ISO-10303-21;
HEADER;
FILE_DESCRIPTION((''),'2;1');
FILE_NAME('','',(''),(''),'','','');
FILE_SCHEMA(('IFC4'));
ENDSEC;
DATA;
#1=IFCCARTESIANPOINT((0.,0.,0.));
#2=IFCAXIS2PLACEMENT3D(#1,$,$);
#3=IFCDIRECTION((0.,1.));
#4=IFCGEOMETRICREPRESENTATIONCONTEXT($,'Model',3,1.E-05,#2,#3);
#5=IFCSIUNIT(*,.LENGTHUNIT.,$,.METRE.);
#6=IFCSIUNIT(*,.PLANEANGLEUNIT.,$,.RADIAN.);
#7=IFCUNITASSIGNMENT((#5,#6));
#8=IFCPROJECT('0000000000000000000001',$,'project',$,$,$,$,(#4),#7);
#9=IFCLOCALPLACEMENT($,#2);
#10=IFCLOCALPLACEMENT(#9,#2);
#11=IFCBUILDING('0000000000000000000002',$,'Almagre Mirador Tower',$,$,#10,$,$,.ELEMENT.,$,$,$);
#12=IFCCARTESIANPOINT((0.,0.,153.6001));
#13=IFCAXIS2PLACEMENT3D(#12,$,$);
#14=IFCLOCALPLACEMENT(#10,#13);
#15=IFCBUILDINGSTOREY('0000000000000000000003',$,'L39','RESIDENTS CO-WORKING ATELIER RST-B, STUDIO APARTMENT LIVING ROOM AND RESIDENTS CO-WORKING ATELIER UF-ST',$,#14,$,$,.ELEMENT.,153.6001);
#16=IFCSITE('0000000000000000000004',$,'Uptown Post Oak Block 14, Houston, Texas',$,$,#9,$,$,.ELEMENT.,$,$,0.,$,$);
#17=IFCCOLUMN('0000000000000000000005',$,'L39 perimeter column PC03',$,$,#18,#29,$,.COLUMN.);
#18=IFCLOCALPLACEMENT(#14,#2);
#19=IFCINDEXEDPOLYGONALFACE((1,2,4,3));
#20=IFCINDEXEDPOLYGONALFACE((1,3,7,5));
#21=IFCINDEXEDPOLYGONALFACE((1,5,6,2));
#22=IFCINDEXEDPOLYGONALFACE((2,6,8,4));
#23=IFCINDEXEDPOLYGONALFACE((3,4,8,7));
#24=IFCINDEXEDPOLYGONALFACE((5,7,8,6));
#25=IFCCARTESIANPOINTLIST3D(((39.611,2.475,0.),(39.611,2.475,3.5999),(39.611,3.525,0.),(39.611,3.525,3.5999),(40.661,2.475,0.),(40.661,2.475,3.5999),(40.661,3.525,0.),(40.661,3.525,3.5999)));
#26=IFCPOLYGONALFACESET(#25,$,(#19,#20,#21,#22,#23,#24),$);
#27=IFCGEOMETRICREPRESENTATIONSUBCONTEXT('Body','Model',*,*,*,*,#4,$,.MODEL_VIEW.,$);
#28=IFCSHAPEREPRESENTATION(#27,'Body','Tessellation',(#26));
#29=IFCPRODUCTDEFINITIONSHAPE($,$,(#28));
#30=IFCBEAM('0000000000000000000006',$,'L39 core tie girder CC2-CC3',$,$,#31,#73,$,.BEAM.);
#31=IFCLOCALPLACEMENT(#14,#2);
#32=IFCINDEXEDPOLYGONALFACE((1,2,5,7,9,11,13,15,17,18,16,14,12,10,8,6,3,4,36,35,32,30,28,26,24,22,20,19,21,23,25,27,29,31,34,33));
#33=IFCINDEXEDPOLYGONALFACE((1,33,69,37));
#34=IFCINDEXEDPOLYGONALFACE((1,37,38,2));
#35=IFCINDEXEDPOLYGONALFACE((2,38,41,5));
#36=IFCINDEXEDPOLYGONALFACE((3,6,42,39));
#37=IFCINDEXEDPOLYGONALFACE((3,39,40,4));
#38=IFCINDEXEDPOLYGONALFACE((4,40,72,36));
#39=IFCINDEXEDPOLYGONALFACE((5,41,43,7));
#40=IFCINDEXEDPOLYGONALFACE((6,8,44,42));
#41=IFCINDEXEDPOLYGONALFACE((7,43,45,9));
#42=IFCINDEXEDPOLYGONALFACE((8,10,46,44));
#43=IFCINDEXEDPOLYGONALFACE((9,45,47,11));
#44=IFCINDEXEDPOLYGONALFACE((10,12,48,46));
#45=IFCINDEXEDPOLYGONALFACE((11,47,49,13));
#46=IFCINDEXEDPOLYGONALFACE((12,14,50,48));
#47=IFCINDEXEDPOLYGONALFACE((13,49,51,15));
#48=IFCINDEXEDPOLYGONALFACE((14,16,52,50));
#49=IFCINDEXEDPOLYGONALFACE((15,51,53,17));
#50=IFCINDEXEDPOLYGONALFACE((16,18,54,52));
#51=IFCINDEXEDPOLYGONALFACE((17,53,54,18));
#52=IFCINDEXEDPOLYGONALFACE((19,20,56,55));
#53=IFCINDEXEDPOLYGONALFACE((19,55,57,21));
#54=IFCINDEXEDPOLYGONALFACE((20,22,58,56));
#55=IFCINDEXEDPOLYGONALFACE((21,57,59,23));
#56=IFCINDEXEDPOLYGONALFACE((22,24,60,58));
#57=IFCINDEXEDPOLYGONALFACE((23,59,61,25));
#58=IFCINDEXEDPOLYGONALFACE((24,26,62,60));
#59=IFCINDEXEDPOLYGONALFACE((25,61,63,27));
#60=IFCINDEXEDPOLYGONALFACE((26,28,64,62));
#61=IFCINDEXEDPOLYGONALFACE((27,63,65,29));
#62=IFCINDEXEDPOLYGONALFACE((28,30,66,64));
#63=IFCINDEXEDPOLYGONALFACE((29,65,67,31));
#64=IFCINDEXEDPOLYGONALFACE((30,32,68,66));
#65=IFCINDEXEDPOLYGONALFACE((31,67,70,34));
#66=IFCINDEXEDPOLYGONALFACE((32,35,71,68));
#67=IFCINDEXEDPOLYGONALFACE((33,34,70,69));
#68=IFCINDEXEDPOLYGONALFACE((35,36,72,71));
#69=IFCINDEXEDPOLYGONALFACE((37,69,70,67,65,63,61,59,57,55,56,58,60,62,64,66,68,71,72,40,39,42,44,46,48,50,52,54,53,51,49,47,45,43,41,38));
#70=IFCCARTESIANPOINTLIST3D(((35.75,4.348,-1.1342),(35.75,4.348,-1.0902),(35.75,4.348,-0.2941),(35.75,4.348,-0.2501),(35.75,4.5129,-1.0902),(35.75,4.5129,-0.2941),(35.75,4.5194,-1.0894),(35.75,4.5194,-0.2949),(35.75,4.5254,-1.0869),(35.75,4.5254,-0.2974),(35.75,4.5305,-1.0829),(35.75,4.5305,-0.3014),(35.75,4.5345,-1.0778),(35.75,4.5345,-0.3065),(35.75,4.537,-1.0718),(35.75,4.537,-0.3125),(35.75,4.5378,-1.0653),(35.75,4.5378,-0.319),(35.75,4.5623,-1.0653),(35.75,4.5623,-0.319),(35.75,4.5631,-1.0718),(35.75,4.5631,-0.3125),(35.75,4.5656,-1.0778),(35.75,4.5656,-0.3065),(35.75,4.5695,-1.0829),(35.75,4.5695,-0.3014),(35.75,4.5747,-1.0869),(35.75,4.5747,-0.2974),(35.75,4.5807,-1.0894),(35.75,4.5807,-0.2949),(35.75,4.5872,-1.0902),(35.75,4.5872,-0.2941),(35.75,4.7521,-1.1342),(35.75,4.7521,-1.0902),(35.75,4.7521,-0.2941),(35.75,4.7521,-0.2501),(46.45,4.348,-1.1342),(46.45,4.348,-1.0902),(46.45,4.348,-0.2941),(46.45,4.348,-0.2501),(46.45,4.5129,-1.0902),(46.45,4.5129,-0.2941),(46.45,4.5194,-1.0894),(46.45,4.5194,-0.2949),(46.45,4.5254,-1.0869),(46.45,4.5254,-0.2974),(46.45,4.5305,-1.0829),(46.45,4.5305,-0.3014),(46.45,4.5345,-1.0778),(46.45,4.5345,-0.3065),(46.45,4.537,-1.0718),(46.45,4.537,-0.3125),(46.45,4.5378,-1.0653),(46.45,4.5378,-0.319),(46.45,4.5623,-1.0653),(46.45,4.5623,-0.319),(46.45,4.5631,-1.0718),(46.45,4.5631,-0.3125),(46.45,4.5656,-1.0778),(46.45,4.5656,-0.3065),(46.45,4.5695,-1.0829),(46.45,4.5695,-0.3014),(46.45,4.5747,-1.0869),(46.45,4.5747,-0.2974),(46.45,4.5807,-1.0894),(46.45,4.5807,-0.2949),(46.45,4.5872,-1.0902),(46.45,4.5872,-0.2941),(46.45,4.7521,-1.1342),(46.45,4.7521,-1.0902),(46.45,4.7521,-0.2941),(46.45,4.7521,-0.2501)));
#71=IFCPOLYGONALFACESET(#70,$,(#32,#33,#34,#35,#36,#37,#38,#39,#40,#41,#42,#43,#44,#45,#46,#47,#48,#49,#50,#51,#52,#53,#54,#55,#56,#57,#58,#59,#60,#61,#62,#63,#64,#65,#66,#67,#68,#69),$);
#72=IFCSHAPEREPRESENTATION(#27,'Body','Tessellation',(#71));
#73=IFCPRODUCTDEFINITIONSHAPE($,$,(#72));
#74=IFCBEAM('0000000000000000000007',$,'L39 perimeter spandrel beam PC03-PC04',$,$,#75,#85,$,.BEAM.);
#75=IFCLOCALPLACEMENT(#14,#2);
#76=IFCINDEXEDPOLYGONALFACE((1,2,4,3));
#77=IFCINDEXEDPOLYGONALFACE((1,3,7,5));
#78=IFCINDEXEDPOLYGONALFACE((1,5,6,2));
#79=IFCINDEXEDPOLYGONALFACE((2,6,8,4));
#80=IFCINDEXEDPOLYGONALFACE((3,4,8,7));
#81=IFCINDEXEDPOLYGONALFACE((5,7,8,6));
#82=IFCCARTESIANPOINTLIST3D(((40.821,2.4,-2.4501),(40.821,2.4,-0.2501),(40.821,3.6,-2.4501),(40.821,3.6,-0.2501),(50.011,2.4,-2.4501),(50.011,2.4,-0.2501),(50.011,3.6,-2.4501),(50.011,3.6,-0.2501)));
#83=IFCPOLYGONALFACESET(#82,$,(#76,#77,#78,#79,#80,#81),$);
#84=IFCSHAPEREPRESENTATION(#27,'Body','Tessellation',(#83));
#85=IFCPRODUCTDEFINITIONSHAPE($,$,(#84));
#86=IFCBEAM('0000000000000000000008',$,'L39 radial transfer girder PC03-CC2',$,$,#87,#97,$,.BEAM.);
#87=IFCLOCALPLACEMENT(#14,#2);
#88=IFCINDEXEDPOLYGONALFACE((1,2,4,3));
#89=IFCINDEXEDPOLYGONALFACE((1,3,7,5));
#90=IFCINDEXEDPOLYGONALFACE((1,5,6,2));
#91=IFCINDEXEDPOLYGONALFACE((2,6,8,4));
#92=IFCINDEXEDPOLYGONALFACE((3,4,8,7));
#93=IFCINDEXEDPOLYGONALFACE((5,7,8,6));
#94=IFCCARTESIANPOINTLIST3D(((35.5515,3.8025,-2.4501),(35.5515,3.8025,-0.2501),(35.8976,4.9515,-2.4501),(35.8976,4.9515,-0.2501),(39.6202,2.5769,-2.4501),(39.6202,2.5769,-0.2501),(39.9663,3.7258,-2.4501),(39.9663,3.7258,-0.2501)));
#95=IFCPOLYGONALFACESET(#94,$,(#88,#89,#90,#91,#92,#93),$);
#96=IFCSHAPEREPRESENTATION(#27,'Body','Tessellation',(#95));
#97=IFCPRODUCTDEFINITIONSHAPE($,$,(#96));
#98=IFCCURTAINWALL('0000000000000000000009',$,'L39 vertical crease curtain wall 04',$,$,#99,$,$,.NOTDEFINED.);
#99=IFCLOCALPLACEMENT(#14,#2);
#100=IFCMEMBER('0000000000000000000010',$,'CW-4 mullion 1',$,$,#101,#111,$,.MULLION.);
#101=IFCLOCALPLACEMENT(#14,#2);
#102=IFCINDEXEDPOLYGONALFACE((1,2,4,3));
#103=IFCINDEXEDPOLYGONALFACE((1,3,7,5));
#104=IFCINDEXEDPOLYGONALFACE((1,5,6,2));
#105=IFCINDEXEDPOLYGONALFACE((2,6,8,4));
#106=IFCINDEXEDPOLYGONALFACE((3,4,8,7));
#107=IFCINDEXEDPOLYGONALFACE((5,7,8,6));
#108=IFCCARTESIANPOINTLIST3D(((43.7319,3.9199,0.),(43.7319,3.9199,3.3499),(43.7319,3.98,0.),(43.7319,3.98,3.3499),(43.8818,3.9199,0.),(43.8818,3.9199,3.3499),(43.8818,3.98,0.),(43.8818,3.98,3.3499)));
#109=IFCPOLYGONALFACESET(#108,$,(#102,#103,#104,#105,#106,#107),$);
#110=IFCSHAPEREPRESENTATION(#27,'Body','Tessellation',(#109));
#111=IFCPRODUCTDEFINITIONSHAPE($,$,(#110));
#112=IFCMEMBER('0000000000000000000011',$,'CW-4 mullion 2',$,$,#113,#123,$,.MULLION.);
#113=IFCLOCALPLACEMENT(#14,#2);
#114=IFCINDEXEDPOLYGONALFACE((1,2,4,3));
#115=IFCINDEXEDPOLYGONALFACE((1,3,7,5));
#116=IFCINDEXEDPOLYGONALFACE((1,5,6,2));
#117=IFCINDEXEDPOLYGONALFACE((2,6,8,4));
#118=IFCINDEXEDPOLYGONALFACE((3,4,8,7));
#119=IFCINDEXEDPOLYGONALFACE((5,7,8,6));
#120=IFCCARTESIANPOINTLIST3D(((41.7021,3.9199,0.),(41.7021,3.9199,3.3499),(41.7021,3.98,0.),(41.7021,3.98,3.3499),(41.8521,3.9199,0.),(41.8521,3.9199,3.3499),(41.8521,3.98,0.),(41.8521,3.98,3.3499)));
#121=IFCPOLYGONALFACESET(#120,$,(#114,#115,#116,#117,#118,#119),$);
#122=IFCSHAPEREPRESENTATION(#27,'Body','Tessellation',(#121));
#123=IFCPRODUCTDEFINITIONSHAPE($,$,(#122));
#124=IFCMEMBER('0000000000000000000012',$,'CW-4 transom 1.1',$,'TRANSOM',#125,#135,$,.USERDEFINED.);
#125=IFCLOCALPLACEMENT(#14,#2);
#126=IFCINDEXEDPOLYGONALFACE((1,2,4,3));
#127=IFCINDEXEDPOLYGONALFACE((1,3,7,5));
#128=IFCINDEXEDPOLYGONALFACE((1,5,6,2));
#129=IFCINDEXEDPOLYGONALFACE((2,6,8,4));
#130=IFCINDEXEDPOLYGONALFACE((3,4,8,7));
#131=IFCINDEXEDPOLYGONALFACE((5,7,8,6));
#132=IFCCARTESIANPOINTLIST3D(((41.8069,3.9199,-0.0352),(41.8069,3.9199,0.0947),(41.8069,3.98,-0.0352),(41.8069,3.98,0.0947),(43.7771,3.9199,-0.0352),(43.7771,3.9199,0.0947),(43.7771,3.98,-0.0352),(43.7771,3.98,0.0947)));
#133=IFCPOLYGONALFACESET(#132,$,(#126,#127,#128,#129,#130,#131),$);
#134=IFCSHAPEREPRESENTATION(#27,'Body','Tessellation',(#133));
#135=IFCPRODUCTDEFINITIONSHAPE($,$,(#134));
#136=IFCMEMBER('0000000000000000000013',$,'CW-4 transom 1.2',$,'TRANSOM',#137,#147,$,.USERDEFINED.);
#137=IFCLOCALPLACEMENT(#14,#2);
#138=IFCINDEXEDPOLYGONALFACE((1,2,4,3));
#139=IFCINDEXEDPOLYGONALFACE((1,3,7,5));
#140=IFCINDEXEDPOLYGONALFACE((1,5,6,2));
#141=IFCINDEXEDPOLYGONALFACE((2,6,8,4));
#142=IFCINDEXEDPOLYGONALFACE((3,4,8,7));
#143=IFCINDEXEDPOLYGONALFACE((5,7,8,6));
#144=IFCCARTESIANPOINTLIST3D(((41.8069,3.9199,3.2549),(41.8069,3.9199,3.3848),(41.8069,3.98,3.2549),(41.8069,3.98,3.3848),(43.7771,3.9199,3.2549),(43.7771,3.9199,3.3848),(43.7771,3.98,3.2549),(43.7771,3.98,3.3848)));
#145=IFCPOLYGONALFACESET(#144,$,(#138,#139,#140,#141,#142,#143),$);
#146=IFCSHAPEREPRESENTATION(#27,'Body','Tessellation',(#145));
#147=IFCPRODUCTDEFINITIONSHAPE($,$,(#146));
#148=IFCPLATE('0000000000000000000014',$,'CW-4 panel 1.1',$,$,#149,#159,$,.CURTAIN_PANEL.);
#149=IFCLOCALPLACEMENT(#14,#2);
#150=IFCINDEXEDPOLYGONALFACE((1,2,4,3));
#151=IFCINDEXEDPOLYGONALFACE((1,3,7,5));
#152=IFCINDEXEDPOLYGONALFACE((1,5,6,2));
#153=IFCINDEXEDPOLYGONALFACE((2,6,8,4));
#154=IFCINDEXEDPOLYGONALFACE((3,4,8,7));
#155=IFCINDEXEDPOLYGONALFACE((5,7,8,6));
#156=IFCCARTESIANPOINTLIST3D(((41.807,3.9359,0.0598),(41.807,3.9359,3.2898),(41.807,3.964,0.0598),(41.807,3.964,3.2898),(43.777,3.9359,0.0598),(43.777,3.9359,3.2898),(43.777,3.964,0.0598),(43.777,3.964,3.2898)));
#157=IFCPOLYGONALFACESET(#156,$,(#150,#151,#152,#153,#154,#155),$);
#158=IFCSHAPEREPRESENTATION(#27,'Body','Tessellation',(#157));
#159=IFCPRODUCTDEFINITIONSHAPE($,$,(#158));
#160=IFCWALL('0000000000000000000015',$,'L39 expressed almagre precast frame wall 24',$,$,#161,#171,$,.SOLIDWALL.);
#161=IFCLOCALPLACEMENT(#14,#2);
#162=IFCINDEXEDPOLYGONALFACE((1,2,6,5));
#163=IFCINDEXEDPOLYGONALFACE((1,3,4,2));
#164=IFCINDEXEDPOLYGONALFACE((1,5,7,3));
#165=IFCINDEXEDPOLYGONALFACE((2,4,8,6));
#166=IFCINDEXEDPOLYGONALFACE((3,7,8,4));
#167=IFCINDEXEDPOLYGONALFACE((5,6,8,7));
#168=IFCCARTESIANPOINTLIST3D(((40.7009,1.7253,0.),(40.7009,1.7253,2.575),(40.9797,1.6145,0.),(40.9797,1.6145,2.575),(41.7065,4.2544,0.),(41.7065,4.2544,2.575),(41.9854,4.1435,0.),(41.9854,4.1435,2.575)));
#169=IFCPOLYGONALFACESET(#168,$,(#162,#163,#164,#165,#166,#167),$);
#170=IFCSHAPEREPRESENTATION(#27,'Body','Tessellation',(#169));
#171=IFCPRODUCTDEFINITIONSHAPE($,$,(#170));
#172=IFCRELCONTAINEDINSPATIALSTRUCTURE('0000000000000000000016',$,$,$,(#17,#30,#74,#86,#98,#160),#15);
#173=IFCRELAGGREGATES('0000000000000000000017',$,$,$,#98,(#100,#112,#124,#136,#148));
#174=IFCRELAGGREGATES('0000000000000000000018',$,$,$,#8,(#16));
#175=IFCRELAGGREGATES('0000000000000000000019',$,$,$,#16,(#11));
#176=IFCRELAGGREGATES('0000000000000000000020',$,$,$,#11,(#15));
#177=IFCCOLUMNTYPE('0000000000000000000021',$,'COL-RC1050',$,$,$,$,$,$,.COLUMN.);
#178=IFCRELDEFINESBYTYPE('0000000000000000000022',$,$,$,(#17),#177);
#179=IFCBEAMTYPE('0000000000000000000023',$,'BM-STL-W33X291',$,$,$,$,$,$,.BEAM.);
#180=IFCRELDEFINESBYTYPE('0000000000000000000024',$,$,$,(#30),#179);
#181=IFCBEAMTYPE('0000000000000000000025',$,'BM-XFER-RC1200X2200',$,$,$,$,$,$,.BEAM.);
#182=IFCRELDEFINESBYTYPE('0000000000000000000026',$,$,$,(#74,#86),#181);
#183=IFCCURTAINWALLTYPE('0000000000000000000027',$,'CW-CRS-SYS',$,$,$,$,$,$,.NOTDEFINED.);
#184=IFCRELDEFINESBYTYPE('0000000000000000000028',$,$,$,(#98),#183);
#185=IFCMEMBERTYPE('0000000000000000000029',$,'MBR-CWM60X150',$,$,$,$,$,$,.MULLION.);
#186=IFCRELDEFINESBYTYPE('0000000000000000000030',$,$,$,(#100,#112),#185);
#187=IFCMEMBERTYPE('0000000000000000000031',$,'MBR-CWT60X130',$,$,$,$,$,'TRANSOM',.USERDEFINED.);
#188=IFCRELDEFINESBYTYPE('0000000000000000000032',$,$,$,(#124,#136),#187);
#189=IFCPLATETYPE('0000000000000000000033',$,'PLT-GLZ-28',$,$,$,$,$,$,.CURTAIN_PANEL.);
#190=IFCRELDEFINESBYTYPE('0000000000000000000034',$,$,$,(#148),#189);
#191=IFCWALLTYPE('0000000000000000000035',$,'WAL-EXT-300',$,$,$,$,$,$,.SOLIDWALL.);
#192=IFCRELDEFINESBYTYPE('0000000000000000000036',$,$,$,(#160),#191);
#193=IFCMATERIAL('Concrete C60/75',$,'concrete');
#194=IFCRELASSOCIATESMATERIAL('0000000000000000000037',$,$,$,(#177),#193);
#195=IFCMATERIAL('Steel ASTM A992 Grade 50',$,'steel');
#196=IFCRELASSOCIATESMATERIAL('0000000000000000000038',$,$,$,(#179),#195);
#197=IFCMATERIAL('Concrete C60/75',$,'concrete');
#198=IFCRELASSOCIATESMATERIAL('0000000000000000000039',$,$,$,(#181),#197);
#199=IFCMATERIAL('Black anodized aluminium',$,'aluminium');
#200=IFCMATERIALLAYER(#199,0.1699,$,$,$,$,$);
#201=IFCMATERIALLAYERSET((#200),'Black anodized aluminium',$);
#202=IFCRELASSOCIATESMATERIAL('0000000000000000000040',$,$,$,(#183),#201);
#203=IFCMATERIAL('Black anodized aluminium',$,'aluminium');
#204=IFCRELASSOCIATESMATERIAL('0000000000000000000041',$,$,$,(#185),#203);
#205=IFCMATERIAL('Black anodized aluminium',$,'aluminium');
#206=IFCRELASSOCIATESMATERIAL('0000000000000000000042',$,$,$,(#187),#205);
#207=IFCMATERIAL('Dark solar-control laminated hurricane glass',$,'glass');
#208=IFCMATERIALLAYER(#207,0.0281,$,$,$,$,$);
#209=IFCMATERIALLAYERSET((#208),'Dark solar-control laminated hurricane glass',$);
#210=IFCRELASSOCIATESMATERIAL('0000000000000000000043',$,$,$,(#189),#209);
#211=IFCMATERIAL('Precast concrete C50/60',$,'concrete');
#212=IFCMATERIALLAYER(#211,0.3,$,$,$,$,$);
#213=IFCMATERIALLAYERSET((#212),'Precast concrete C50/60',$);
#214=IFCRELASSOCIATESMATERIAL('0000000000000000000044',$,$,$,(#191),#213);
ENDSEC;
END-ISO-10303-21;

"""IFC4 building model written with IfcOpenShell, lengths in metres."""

from ifc_helpers import new_model, si_unit, direction, frame, frame_2d, origin, origin_2d, place, context, subcontext, project, spatial, rectangle, i_section, extrude, material, layer, layer_set, material_profile, profile_set, type_object, element, aggregate, save


model = new_model("IFC4")

# Units and contexts
model_context = context("Model", 3, precision=1e-05, world=origin(), true_north=direction((0.0, 1.0)))
body_context = subcontext(model_context, "Body", "Model", "MODEL_VIEW")
ifc_project = project(units=[si_unit("LENGTHUNIT", "METRE"), si_unit("PLANEANGLEUNIT", "RADIAN")], contexts=[model_context])

# Site, building, storey
site_placement = place(None, origin())
site = spatial("IfcSite", under=ifc_project, at=site_placement, Name="Uptown Post Oak Block 14, Houston, Texas", CompositionType="ELEMENT", RefElevation=0.0)
building_placement = place(site_placement, origin())
building = spatial("IfcBuilding", under=site, at=building_placement, Name="Almagre Mirador Tower", CompositionType="ELEMENT")
storey_placement = place(building_placement, frame((0.0, 0.0, 153.6001)))
storey = spatial("IfcBuildingStorey", under=building, at=storey_placement, Name="L39", Description="RESIDENTS CO-WORKING ATELIER RST-B, STUDIO APARTMENT LIVING ROOM AND RESIDENTS CO-WORKING ATELIER UF-ST", CompositionType="ELEMENT", Elevation=153.6001)

# Column
ifc_material_1 = material(Name="Concrete C60/75", Category="concrete")
ifc_material_profile_1 = material_profile(ifc_material_1, rectangle(XDim=1.05, YDim=1.05, at=origin_2d()), Name="RC1050X1050")
ifc_profile_set_1 = profile_set([ifc_material_profile_1], Name="Concrete C60/75")
column_type = type_object("IfcColumnType", Name="COL-RC1050", PredefinedType="COLUMN", material=ifc_profile_set_1)
column_placement = place(storey_placement, frame((40.136, 3.0, 0.0), z_axis=(0.0, 0.0, 1.0), x_axis=(1.0, 0.0, 0.0)))
element("IfcColumn", 1, at=column_placement, inside=storey, type_object=column_type, Name="L39 perimeter column PC03", PredefinedType="COLUMN", context=body_context, shape_type="SweptSolid", body=[
    extrude(rectangle(XDim=1.05, YDim=1.05, at=origin_2d()), origin(), (0.0, 0.0, 1.0), 3.5999),
])

# Beams
ifc_material_2 = material(Name="Steel ASTM A992 Grade 50", Category="steel")
ifc_material_profile_2 = material_profile(ifc_material_2, i_section(OverallWidth=0.4041, OverallDepth=0.884, WebThickness=0.0244, FlangeThickness=0.0439, FilletRadius=0.0249, at=origin_2d()), Name="W33X291")
ifc_profile_set_2 = profile_set([ifc_material_profile_2], Name="Steel ASTM A992 Grade 50")
beam_type_1 = type_object("IfcBeamType", Name="BM-STL-W33X291", PredefinedType="BEAM", material=ifc_profile_set_2)
beam_1_placement = place(storey_placement, frame((35.75, 4.55, -0.6921), z_axis=(1.0, 0.0, 0.0), x_axis=(0.0, 1.0, 0.0)))
element("IfcBeam", 2, at=beam_1_placement, inside=storey, type_object=beam_type_1, Name="L39 core tie girder CC2-CC3", PredefinedType="BEAM", context=body_context, shape_type="SweptSolid", body=[
    extrude(i_section(OverallWidth=0.4041, OverallDepth=0.884, WebThickness=0.0244, FlangeThickness=0.0439, FilletRadius=0.0249, at=origin_2d()), origin(), (0.0, 0.0, 1.0), 10.7),
])
ifc_material_3 = material(Name="Concrete C60/75", Category="concrete")
ifc_material_profile_3 = material_profile(ifc_material_3, rectangle(XDim=1.2, YDim=2.2, at=origin_2d()), Name="RC1200X2200")
ifc_profile_set_3 = profile_set([ifc_material_profile_3], Name="Concrete C60/75")
beam_type_2 = type_object("IfcBeamType", Name="BM-XFER-RC1200X2200", PredefinedType="BEAM", material=ifc_profile_set_3)
beam_2_placement = place(storey_placement, frame((40.821, 3.0, -1.3501), z_axis=(1.0, 0.0, 0.0), x_axis=(0.0, 1.0, 0.0)))
element("IfcBeam", 3, at=beam_2_placement, inside=storey, type_object=beam_type_2, Name="L39 perimeter spandrel beam PC03-PC04", PredefinedType="BEAM", context=body_context, shape_type="SweptSolid", body=[
    extrude(rectangle(XDim=1.2, YDim=2.2, at=origin_2d()), origin(), (0.0, 0.0, 1.0), 9.1899),
])
beam_3_placement = place(storey_placement, frame((39.7932, 3.1514, -1.3501), z_axis=(-0.957501, 0.288428, 0.0), x_axis=(-0.288428, -0.957501, 0.0)))
element("IfcBeam", 4, at=beam_3_placement, inside=storey, type_object=beam_type_2, Name="L39 radial transfer girder PC03-CC2", PredefinedType="BEAM", context=body_context, shape_type="SweptSolid", body=[
    extrude(rectangle(XDim=1.2, YDim=2.2, at=origin_2d()), origin(), (0.0, 0.0, 1.0), 4.2493),
])

# Curtain wall, members, plate
ifc_material_4 = material(Name="Black anodized aluminium", Category="aluminium")
ifc_layer_1 = layer(ifc_material_4, 0.1699)
ifc_layer_set_1 = layer_set([ifc_layer_1], Name="Black anodized aluminium")
curtain_wall_type = type_object("IfcCurtainWallType", Name="CW-CRS-SYS", PredefinedType="NOTDEFINED", material=ifc_layer_set_1)
curtain_wall_placement = place(storey_placement, origin())
curtain_wall = element("IfcCurtainWall", 5, at=curtain_wall_placement, inside=storey, type_object=curtain_wall_type, Name="L39 vertical crease curtain wall 04", PredefinedType="NOTDEFINED")
ifc_material_5 = material(Name="Black anodized aluminium", Category="aluminium")
ifc_material_profile_4 = material_profile(ifc_material_5, rectangle(XDim=0.0601, YDim=0.1499, at=origin_2d()), Name="CWM60X150")
ifc_profile_set_4 = profile_set([ifc_material_profile_4], Name="Black anodized aluminium")
member_type_1 = type_object("IfcMemberType", Name="MBR-CWM60X150", PredefinedType="MULLION", material=ifc_profile_set_4)
member_1_placement = place(storey_placement, frame((43.8069, 3.95, 0.0), z_axis=(0.0, 0.0, 1.0), x_axis=(0.0, -1.0, 0.0)))
member_1 = element("IfcMember", 6, at=member_1_placement, type_object=member_type_1, Name="CW-4 mullion 1", PredefinedType="MULLION", context=body_context, shape_type="SweptSolid", body=[
    extrude(rectangle(XDim=0.0601, YDim=0.1499, at=origin_2d()), origin(), (0.0, 0.0, 1.0), 3.3499),
])
member_2_placement = place(storey_placement, frame((41.7771, 3.95, 0.0), z_axis=(0.0, 0.0, 1.0), x_axis=(0.0, -1.0, 0.0)))
member_2 = element("IfcMember", 7, at=member_2_placement, type_object=member_type_1, Name="CW-4 mullion 2", PredefinedType="MULLION", context=body_context, shape_type="SweptSolid", body=[
    extrude(rectangle(XDim=0.0601, YDim=0.1499, at=origin_2d()), origin(), (0.0, 0.0, 1.0), 3.3499),
])
ifc_material_6 = material(Name="Black anodized aluminium", Category="aluminium")
ifc_material_profile_5 = material_profile(ifc_material_6, rectangle(XDim=0.0601, YDim=0.1299, at=origin_2d()), Name="CWT60X130")
ifc_profile_set_5 = profile_set([ifc_material_profile_5], Name="Black anodized aluminium")
member_type_2 = type_object("IfcMemberType", Name="MBR-CWT60X130", ElementType="TRANSOM", PredefinedType="USERDEFINED", material=ifc_profile_set_5)
member_3_placement = place(storey_placement, frame((43.7771, 3.95, 0.0298), z_axis=(-1.0, 0.0, 0.0), x_axis=(0.0, -1.0, 0.0)))
member_3 = element("IfcMember", 8, at=member_3_placement, type_object=member_type_2, Name="CW-4 transom 1.1", ObjectType="TRANSOM", PredefinedType="USERDEFINED", context=body_context, shape_type="SweptSolid", body=[
    extrude(rectangle(XDim=0.0601, YDim=0.1299, at=origin_2d()), origin(), (0.0, 0.0, 1.0), 1.9702),
])
member_4_placement = place(storey_placement, frame((43.7771, 3.95, 3.3198), z_axis=(-1.0, 0.0, 0.0), x_axis=(0.0, -1.0, 0.0)))
member_4 = element("IfcMember", 9, at=member_4_placement, type_object=member_type_2, Name="CW-4 transom 1.2", ObjectType="TRANSOM", PredefinedType="USERDEFINED", context=body_context, shape_type="SweptSolid", body=[
    extrude(rectangle(XDim=0.0601, YDim=0.1299, at=origin_2d()), origin(), (0.0, 0.0, 1.0), 1.9702),
])
ifc_material_7 = material(Name="Dark solar-control laminated hurricane glass", Category="glass")
ifc_layer_2 = layer(ifc_material_7, 0.0281)
ifc_layer_set_2 = layer_set([ifc_layer_2], Name="Dark solar-control laminated hurricane glass")
plate_type = type_object("IfcPlateType", Name="PLT-GLZ-28", PredefinedType="CURTAIN_PANEL", material=ifc_layer_set_2)
plate_placement = place(storey_placement, frame((42.792, 3.95, 0.0598), z_axis=(0.0, 0.0, 1.0), x_axis=(-1.0, 0.0, 0.0)))
plate = element("IfcPlate", 10, at=plate_placement, type_object=plate_type, Name="CW-4 panel 1.1", PredefinedType="CURTAIN_PANEL", context=body_context, shape_type="SweptSolid", body=[
    extrude(rectangle(XDim=1.97, YDim=0.0281, at=origin_2d()), origin(), (0.0, 0.0, 1.0), 3.23),
])
aggregate(curtain_wall, [member_1, member_2, member_3, member_4, plate])

# Wall
ifc_material_8 = material(Name="Precast concrete C50/60", Category="concrete")
ifc_layer_3 = layer(ifc_material_8, 0.3)
ifc_layer_set_3 = layer_set([ifc_layer_3], Name="Precast concrete C50/60")
wall_type_1 = type_object("IfcWallType", Name="WAL-EXT-300", PredefinedType="SOLIDWALL", material=ifc_layer_set_3)
wall_1_placement = place(storey_placement, frame((41.8459, 4.199, 0.0), z_axis=(0.0, 0.0, 1.0), x_axis=(-0.369488, -0.929236, 0.0)))
element("IfcWall", 11, at=wall_1_placement, inside=storey, type_object=wall_type_1, Name="L39 expressed almagre precast frame wall 24", PredefinedType="SOLIDWALL", context=body_context, shape_type="SweptSolid", body=[
    extrude(rectangle(XDim=2.7217, YDim=0.3, at=frame_2d((1.3608, 0.0))), origin(), (0.0, 0.0, 1.0), 2.575),
])

save(model, "model.ifc")
